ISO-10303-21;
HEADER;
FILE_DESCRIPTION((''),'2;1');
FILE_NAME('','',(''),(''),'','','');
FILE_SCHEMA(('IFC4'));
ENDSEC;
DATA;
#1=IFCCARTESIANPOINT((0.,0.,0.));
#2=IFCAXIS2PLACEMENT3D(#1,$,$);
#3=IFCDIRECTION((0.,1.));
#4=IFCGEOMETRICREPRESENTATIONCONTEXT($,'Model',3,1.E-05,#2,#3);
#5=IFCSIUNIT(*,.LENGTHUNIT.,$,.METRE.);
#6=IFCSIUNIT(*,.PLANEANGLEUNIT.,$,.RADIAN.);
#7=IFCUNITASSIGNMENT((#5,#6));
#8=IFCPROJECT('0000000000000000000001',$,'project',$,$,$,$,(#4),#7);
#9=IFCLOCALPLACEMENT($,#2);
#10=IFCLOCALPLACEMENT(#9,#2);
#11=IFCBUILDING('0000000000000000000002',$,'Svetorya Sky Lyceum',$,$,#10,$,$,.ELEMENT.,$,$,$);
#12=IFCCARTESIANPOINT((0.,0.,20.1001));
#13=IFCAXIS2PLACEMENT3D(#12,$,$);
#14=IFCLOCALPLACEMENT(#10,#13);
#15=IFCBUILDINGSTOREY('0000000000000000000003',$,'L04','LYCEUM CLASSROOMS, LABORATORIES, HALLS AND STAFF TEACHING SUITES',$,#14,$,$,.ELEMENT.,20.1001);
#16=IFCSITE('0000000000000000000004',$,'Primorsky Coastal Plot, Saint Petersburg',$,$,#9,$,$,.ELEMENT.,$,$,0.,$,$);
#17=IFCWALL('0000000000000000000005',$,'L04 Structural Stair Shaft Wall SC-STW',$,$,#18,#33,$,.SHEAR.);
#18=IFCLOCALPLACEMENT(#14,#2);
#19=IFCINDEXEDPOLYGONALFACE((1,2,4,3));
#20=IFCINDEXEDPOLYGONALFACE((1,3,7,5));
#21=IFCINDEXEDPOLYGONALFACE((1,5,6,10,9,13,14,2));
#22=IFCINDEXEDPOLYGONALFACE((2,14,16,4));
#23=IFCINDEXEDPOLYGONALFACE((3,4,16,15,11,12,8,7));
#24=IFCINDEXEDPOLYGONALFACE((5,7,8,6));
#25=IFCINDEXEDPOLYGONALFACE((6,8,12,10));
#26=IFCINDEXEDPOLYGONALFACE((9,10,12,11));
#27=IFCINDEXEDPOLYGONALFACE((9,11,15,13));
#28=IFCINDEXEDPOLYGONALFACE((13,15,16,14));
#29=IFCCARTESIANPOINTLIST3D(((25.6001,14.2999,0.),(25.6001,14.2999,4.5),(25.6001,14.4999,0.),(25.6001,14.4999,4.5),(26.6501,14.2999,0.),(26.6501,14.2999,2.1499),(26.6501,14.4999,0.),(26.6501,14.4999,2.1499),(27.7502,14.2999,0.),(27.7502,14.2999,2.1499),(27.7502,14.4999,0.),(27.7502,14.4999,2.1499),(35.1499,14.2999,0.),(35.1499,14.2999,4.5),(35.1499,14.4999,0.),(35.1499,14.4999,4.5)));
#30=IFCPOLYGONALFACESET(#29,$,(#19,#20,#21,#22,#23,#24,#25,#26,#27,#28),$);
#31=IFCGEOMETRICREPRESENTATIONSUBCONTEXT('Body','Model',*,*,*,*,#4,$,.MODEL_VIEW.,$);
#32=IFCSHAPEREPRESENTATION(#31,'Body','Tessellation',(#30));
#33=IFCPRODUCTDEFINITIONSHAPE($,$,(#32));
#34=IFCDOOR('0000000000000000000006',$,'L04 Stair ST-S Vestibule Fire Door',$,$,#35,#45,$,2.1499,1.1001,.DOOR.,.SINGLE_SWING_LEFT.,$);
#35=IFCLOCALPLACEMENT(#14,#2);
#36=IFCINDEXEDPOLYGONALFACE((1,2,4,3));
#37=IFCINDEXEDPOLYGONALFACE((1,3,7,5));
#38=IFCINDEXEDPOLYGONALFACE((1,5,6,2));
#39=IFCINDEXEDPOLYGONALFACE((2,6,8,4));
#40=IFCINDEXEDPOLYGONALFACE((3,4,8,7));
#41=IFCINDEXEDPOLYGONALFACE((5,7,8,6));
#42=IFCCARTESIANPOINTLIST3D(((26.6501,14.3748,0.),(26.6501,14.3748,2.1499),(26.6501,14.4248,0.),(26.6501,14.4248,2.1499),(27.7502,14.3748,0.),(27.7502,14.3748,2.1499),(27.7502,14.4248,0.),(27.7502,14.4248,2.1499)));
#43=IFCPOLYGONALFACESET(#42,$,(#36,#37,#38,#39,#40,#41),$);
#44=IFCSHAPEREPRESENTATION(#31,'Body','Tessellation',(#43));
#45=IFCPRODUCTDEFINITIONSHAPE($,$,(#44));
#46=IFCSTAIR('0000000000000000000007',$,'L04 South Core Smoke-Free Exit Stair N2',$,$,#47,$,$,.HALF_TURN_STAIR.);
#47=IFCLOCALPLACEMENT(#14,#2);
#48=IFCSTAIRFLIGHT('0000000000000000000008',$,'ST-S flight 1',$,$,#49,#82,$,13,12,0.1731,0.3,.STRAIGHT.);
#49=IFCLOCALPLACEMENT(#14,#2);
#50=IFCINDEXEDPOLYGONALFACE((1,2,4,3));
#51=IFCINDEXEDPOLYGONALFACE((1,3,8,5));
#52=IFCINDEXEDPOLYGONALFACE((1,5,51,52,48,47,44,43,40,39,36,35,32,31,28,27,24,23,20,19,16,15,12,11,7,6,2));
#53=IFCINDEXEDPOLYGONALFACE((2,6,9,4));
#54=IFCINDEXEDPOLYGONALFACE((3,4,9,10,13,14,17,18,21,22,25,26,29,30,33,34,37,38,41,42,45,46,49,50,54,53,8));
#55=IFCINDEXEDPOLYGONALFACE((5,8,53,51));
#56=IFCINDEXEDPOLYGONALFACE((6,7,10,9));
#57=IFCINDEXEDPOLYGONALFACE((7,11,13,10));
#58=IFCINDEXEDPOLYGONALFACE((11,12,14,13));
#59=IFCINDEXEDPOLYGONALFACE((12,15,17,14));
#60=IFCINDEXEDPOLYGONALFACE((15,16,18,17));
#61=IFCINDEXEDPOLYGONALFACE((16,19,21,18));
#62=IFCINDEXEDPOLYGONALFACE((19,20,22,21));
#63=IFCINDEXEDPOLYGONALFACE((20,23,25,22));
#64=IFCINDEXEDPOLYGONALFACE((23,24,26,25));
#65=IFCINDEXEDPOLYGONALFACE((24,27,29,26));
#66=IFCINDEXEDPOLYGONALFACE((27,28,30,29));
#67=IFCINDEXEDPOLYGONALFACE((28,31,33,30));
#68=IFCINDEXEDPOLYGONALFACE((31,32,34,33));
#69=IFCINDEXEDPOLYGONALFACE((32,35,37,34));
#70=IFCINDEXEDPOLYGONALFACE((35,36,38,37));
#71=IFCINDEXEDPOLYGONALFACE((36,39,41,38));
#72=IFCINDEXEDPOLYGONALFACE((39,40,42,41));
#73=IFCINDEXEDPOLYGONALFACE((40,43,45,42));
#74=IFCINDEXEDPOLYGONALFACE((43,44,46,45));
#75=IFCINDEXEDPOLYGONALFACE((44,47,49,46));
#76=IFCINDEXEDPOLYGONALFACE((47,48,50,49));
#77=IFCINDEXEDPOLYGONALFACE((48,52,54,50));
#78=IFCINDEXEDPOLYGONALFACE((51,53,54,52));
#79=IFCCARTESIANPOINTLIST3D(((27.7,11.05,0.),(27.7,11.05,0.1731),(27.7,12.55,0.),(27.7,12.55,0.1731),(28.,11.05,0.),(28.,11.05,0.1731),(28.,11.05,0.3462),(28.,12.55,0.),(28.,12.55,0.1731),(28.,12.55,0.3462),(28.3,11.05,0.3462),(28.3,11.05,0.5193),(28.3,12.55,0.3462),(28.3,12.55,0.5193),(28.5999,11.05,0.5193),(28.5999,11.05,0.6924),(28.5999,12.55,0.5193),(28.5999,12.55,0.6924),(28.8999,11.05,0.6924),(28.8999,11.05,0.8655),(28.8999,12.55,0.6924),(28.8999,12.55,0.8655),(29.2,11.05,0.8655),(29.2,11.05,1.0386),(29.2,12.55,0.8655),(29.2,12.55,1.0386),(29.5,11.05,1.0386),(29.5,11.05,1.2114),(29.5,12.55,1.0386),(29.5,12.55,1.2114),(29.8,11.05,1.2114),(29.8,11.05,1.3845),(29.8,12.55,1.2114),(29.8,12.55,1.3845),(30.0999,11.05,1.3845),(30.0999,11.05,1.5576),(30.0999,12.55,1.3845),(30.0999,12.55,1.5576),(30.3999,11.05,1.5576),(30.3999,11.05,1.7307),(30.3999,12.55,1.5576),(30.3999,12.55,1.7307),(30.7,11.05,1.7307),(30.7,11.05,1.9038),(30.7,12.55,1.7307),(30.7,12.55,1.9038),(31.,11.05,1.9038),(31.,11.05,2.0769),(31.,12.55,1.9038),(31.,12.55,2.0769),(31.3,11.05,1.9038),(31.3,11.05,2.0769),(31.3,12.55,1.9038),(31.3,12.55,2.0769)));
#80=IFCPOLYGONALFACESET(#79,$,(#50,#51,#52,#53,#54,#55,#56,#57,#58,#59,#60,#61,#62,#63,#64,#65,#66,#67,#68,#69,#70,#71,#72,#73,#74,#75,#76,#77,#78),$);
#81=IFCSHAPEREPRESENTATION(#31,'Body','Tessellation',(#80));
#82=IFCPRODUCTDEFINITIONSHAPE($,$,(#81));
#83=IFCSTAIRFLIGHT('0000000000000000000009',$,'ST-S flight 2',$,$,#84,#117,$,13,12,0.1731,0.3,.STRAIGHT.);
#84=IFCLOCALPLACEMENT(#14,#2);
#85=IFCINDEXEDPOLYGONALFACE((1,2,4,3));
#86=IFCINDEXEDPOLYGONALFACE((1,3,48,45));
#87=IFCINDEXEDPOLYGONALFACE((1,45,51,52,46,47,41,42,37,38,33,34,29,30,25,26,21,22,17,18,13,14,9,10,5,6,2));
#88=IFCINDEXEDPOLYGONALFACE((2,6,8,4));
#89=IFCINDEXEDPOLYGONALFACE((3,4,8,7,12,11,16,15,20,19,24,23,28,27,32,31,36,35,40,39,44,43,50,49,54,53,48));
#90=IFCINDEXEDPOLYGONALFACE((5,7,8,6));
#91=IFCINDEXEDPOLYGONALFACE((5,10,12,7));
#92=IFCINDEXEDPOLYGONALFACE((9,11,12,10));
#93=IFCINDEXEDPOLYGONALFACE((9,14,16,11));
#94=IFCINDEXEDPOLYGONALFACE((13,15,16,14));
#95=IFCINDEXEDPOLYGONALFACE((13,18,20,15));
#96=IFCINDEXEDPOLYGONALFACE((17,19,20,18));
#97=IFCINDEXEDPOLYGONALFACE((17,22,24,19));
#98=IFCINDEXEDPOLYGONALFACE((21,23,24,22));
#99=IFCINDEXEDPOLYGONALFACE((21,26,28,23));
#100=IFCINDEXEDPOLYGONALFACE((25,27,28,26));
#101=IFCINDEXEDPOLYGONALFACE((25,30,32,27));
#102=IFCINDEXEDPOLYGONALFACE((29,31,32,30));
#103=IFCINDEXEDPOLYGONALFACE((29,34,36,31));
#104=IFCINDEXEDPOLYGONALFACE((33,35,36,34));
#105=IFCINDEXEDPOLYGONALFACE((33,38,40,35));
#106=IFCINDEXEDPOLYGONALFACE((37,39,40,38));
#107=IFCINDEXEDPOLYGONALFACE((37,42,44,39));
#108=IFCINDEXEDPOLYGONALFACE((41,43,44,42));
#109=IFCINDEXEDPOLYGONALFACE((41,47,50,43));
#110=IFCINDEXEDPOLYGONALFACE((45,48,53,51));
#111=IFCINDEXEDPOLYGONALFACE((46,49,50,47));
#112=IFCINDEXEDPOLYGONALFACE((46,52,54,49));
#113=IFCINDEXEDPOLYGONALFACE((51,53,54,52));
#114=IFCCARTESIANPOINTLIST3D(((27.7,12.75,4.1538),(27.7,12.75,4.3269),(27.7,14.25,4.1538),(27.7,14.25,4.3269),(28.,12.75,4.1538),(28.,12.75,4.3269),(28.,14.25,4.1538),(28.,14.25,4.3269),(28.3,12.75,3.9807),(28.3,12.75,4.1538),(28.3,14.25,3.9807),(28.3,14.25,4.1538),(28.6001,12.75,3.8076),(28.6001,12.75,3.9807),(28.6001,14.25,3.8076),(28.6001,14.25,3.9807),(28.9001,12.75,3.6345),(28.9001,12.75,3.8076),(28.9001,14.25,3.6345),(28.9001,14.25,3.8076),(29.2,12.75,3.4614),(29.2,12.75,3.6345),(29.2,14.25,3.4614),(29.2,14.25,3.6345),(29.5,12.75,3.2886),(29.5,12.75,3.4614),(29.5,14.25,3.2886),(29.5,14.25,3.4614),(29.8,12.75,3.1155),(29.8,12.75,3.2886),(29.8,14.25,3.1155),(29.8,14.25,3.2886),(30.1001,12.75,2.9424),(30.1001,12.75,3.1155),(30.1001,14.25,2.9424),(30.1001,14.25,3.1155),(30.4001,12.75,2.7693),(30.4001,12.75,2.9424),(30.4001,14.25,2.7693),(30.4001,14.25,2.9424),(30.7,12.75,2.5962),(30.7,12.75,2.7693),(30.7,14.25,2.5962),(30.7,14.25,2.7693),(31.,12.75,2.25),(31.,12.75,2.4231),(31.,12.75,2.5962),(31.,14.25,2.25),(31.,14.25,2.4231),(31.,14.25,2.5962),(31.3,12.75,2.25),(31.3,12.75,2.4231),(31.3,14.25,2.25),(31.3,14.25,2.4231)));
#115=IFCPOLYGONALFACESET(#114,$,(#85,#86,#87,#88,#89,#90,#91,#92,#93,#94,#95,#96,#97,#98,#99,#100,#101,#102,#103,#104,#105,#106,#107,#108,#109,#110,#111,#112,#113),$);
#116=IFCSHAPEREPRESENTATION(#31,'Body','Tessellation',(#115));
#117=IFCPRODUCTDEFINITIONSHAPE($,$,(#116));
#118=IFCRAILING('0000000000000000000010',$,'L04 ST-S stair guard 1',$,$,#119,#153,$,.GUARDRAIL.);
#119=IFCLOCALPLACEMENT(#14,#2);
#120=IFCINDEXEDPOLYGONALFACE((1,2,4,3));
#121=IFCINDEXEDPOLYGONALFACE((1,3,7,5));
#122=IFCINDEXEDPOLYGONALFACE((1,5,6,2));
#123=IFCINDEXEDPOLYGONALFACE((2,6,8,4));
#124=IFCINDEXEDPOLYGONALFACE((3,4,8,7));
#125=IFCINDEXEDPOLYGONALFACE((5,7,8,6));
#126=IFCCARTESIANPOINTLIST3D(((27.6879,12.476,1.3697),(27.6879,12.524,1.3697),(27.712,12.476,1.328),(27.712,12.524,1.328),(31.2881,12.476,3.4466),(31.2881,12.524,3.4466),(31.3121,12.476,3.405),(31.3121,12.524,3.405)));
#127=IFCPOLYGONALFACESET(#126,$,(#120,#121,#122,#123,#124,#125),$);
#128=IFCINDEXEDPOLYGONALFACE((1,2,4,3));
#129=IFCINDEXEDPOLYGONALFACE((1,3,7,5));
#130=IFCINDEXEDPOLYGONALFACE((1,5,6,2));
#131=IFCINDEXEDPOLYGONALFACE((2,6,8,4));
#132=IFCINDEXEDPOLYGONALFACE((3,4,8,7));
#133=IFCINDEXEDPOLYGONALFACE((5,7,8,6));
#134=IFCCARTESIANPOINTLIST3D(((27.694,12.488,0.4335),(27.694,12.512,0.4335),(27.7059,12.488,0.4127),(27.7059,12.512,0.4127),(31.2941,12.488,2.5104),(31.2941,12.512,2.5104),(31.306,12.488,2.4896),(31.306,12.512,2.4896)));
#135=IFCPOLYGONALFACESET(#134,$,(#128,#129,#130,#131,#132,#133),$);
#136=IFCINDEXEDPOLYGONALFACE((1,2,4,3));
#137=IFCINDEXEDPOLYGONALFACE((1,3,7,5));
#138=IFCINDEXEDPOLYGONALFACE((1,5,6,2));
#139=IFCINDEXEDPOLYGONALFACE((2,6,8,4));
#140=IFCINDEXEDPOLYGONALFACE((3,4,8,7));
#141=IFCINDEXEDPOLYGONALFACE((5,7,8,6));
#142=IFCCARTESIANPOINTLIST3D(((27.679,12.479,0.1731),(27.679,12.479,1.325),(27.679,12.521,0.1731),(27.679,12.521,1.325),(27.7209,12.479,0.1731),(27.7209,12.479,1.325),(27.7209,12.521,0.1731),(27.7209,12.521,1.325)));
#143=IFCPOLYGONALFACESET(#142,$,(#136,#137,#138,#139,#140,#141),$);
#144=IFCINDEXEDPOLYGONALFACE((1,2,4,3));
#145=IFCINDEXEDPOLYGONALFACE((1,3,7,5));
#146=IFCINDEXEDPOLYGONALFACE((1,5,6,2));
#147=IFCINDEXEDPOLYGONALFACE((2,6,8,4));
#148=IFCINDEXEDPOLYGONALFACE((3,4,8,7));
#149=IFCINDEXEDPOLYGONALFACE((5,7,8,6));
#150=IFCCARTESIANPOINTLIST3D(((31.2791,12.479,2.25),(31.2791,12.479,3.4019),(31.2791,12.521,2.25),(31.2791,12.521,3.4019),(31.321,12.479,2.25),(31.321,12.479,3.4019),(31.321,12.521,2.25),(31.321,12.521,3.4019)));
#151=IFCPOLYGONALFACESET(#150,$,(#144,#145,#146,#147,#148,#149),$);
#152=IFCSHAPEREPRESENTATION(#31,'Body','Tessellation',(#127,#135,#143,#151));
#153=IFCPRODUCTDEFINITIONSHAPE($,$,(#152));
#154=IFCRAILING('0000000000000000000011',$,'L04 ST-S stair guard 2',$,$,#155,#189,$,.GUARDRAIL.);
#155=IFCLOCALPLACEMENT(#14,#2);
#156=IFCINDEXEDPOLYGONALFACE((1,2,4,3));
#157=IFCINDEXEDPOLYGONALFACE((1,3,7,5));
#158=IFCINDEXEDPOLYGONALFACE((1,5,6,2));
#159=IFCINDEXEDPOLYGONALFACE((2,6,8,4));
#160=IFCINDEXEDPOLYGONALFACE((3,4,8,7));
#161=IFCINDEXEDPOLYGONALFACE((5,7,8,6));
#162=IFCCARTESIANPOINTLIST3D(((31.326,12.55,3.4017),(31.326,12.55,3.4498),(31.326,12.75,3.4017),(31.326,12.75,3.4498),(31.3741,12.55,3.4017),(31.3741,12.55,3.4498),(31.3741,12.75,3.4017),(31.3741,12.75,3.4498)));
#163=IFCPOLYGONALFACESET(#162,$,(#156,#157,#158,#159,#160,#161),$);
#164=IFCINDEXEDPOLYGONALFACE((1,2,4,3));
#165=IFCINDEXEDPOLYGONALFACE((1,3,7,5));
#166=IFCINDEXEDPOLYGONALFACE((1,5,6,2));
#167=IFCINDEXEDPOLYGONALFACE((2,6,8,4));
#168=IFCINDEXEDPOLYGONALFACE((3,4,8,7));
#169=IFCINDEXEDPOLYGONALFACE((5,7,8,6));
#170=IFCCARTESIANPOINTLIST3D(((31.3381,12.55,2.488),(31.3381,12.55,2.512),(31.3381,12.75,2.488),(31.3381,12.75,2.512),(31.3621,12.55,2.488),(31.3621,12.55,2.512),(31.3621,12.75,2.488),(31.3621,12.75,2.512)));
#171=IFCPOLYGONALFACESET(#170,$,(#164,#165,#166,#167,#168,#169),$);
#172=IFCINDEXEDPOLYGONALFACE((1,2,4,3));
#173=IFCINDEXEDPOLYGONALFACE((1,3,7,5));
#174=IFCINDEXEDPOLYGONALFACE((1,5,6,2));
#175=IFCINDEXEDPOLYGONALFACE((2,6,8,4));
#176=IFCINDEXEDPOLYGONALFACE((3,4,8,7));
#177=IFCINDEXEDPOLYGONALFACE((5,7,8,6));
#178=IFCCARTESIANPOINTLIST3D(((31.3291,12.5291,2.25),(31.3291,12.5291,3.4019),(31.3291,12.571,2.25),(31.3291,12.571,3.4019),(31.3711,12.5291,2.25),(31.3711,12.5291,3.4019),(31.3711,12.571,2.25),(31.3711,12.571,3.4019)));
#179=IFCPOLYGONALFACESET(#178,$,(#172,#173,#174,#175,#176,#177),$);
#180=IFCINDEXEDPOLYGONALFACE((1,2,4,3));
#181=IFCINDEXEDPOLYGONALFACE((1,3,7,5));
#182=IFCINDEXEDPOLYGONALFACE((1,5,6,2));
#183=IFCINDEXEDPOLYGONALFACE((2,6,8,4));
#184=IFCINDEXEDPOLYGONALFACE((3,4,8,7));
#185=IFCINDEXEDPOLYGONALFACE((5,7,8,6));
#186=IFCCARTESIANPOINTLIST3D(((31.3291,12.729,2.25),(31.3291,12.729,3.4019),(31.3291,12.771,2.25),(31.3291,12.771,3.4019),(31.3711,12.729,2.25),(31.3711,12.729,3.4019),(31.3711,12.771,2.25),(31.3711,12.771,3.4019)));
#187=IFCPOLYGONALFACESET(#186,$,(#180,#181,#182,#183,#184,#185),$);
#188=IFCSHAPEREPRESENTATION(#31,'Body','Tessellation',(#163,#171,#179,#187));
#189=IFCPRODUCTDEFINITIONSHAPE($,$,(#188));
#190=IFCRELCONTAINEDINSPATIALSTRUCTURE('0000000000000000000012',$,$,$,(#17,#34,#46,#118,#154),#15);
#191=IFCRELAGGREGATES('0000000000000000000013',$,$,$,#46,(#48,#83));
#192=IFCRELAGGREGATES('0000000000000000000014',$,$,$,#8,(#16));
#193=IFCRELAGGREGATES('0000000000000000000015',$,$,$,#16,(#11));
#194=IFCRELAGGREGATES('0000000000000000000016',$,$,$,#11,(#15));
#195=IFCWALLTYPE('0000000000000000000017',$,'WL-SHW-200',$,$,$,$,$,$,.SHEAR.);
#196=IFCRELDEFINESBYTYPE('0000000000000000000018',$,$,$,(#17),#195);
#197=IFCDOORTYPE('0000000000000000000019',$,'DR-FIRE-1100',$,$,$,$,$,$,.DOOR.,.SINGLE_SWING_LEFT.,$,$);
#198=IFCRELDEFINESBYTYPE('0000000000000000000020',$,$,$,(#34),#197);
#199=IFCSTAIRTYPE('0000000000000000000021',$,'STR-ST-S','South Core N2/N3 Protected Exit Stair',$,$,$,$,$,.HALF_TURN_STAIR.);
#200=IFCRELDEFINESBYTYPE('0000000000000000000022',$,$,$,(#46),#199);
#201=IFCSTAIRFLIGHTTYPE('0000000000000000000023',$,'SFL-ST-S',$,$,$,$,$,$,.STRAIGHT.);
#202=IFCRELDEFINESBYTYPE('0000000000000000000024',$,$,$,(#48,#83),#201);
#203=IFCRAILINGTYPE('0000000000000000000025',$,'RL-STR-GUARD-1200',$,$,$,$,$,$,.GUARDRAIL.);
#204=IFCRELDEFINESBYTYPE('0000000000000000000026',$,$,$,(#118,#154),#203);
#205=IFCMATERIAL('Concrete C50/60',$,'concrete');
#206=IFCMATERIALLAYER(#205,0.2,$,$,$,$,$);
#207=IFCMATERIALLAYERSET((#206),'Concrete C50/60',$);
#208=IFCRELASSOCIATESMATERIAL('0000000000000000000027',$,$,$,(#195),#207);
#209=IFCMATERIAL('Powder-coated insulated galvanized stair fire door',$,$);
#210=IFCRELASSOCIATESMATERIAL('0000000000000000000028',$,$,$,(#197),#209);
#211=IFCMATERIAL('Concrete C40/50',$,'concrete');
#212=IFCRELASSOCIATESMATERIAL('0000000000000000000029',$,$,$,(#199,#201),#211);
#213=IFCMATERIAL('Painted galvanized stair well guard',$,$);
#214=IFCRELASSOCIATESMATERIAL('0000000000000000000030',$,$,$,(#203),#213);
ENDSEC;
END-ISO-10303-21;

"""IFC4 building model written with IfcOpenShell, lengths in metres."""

from ifc_helpers import new_model, si_unit, direction, frame, frame_2d, origin, origin_2d, place, context, subcontext, project, spatial, polyline, rectangle, outline, extrude, material, layer, layer_set, type_object, element, fill, aggregate, save


model = new_model("IFC4")

# Units and contexts
model_context = context("Model", 3, precision=1e-05, world=origin(), true_north=direction((0.0, 1.0)))
body_context = subcontext(model_context, "Body", "Model", "MODEL_VIEW")
ifc_project = project(units=[si_unit("LENGTHUNIT", "METRE"), si_unit("PLANEANGLEUNIT", "RADIAN")], contexts=[model_context])

# Site, building, storey
site_placement = place(None, origin())
site = spatial("IfcSite", under=ifc_project, at=site_placement, Name="Primorsky Coastal Plot, Saint Petersburg", CompositionType="ELEMENT", RefElevation=0.0)
building_placement = place(site_placement, origin())
building = spatial("IfcBuilding", under=site, at=building_placement, Name="Svetorya Sky Lyceum", CompositionType="ELEMENT")
storey_placement = place(building_placement, frame((0.0, 0.0, 20.1001)))
storey = spatial("IfcBuildingStorey", under=building, at=storey_placement, Name="L04", Description="LYCEUM CLASSROOMS, LABORATORIES, HALLS AND STAFF TEACHING SUITES", CompositionType="ELEMENT", Elevation=20.1001)

# Shared definitions
ifc_material_1 = material(Name="Concrete C40/50", Category="concrete")

# Wall, opening, door
ifc_material_2 = material(Name="Concrete C50/60", Category="concrete")
ifc_layer_1 = layer(ifc_material_2, 0.2)
ifc_layer_set_1 = layer_set([ifc_layer_1], Name="Concrete C50/60")
wall_type_1 = type_object("IfcWallType", Name="WL-SHW-200", PredefinedType="SHEAR", material=ifc_layer_set_1)
wall_1_placement = place(storey_placement, frame((25.6001, 14.3999, 0.0), z_axis=(0.0, 0.0, 1.0), x_axis=(1.0, 0.0, 0.0)))
wall_1 = element("IfcWall", 1, at=wall_1_placement, inside=storey, type_object=wall_type_1, Name="L04 Structural Stair Shaft Wall SC-STW", PredefinedType="SHEAR", context=body_context, shape_type="SweptSolid", body=[
    extrude(rectangle(XDim=9.5498, YDim=0.2, at=frame_2d((4.7749, 0.0))), origin(), (0.0, 0.0, 1.0), 4.5),
])
opening_placement = place(wall_1_placement, frame((1.05, 0.0, 0.0)))
opening = element("IfcOpeningElement", 2, at=opening_placement, cuts=wall_1, PredefinedType="OPENING", context=body_context, shape_type="SweptSolid", body=[
    extrude(rectangle(XDim=1.1001, YDim=2.1499, at=frame_2d((0.55, 1.075))), frame((0.0, 0.1099, 0.0), z_axis=(0.0, -1.0, 0.0), x_axis=(1.0, 0.0, 0.0)), (0.0, 0.0, 1.0), 0.22),
])
ifc_material_3 = material(Name="Powder-coated insulated galvanized stair fire door")
door_type = type_object("IfcDoorType", Name="DR-FIRE-1100", OperationType="SINGLE_SWING_LEFT", PredefinedType="DOOR", material=ifc_material_3)
door_placement = place(opening_placement, origin())
door = element("IfcDoor", 3, at=door_placement, inside=storey, type_object=door_type, Name="L04 Stair ST-S Vestibule Fire Door", OperationType="SINGLE_SWING_LEFT", OverallHeight=2.1499, OverallWidth=1.1001, PredefinedType="DOOR", context=body_context, shape_type="SweptSolid", body=[
    extrude(rectangle(XDim=1.1001, YDim=2.1499, at=frame_2d((0.55, 1.075))), frame((0.0, 0.0249, 0.0), z_axis=(0.0, -1.0, 0.0), x_axis=(1.0, 0.0, 0.0)), (0.0, 0.0, 1.0), 0.05),
])
fill(opening, door)

# Stair, stair flights
stair_type = type_object("IfcStairType", Name="STR-ST-S", Description="South Core N2/N3 Protected Exit Stair", PredefinedType="HALF_TURN_STAIR", material=ifc_material_1)
stair_placement = place(storey_placement, origin())
stair = element("IfcStair", 4, at=stair_placement, inside=storey, type_object=stair_type, Name="L04 South Core Smoke-Free Exit Stair N2", PredefinedType="HALF_TURN_STAIR")
stair_flight_type = type_object("IfcStairFlightType", Name="SFL-ST-S", PredefinedType="STRAIGHT", material=ifc_material_1)
stair_flight_1_placement = place(storey_placement, frame((27.7, 11.8, 0.0), z_axis=(0.0, 0.0, 1.0), x_axis=(1.0, 0.0, 0.0)))
stair_flight_1 = element("IfcStairFlight", 5, at=stair_flight_1_placement, type_object=stair_flight_type, Name="ST-S flight 1", NumberOfRisers=13, NumberOfTreads=12, PredefinedType="STRAIGHT", RiserHeight=0.1731, TreadLength=0.3, context=body_context, shape_type="SweptSolid", body=[
    extrude(outline(polyline([(0.0, 0.0), (0.0, 0.1731), (0.3, 0.1731), (0.3, 0.3462), (0.6001, 0.3462), (0.6001, 0.5193), (0.8999, 0.5193), (0.8999, 0.6924), (1.2, 0.6924), (1.2, 0.8655), (1.5, 0.8655), (1.5, 1.0386), (1.8, 1.0386), (1.8, 1.2114), (2.1001, 1.2114), (2.1001, 1.3845), (2.3999, 1.3845), (2.3999, 1.5576), (2.7, 1.5576), (2.7, 1.7307), (3.0, 1.7307), (3.0, 1.9038), (3.3, 1.9038), (3.3, 2.0769), (3.6001, 2.0769), (3.6001, 2.25), (3.6001, 1.9038), (0.3, 0.0), (0.0, 0.0)])), frame((0.0, 0.75, 0.0), z_axis=(0.0, -1.0, 0.0), x_axis=(1.0, 0.0, 0.0)), (0.0, 0.0, 1.0), 1.5),
])
stair_flight_2_placement = place(storey_placement, frame((31.3, 13.5, 2.25), z_axis=(0.0, 0.0, 1.0), x_axis=(-1.0, 0.0, 0.0)))
stair_flight_2 = element("IfcStairFlight", 6, at=stair_flight_2_placement, type_object=stair_flight_type, Name="ST-S flight 2", NumberOfRisers=13, NumberOfTreads=12, PredefinedType="STRAIGHT", RiserHeight=0.1731, TreadLength=0.3, context=body_context, shape_type="SweptSolid", body=[
    extrude(outline(polyline([(0.0, 0.0), (0.0, 0.1731), (0.3, 0.1731), (0.3, 0.3462), (0.6001, 0.3462), (0.6001, 0.5193), (0.8999, 0.5193), (0.8999, 0.6924), (1.2, 0.6924), (1.2, 0.8655), (1.5, 0.8655), (1.5, 1.0386), (1.8, 1.0386), (1.8, 1.2114), (2.1001, 1.2114), (2.1001, 1.3845), (2.3999, 1.3845), (2.3999, 1.5576), (2.7, 1.5576), (2.7, 1.7307), (3.0, 1.7307), (3.0, 1.9038), (3.3, 1.9038), (3.3, 2.0769), (3.6001, 2.0769), (3.6001, 2.25), (3.6001, 1.9038), (0.3, 0.0), (0.0, 0.0)])), frame((0.0, 0.75, 0.0), z_axis=(0.0, -1.0, 0.0), x_axis=(1.0, 0.0, 0.0)), (0.0, 0.0, 1.0), 1.5),
])
aggregate(stair, [stair_flight_1, stair_flight_2])

# Railings
ifc_material_4 = material(Name="Painted galvanized stair well guard")
railing_type_1 = type_object("IfcRailingType", Name="RL-STR-GUARD-1200", PredefinedType="GUARDRAIL", material=ifc_material_4)
railing_1_placement = place(storey_placement, frame((27.7, 12.5, 0.1731)))
element("IfcRailing", 7, at=railing_1_placement, inside=storey, type_object=railing_type_1, Name="L04 ST-S stair guard 1", PredefinedType="GUARDRAIL", context=body_context, shape_type="SweptSolid", body=[
    extrude(rectangle(XDim=0.0481, YDim=0.0481, at=origin_2d()), frame((0.0, 0.0, 1.1758), z_axis=(0.866193, 0.0, 0.499709), x_axis=(0.0, 1.0, 0.0)), (0.0, 0.0, 1.0), 4.1562),
    extrude(rectangle(XDim=0.0239, YDim=0.0239, at=origin_2d()), frame((0.0, 0.0, 0.25), z_axis=(0.866193, 0.0, 0.499709), x_axis=(0.0, 1.0, 0.0)), (0.0, 0.0, 1.0), 4.1562),
    extrude(rectangle(XDim=0.042, YDim=0.042, at=origin_2d()), origin(), (0.0, 0.0, 1.0), 1.1519),
    extrude(rectangle(XDim=0.042, YDim=0.042, at=origin_2d()), frame((3.6001, 0.0, 2.0769)), (0.0, 0.0, 1.0), 1.1519),
])
railing_2_placement = place(storey_placement, frame((31.3501, 12.55, 2.25)))
element("IfcRailing", 8, at=railing_2_placement, inside=storey, type_object=railing_type_1, Name="L04 ST-S stair guard 2", PredefinedType="GUARDRAIL", context=body_context, shape_type="SweptSolid", body=[
    extrude(rectangle(XDim=0.0481, YDim=0.0481, at=origin_2d()), frame((0.0, 0.0, 1.1758), z_axis=(0.0, 1.0, 0.0), x_axis=(-1.0, 0.0, 0.0)), (0.0, 0.0, 1.0), 0.2),
    extrude(rectangle(XDim=0.0239, YDim=0.0239, at=origin_2d()), frame((0.0, 0.0, 0.25), z_axis=(0.0, 1.0, 0.0), x_axis=(-1.0, 0.0, 0.0)), (0.0, 0.0, 1.0), 0.2),
    extrude(rectangle(XDim=0.042, YDim=0.042, at=origin_2d()), origin(), (0.0, 0.0, 1.0), 1.1519),
    extrude(rectangle(XDim=0.042, YDim=0.042, at=origin_2d()), frame((0.0, 0.2, 0.0)), (0.0, 0.0, 1.0), 1.1519),
])

save(model, "model.ifc")
